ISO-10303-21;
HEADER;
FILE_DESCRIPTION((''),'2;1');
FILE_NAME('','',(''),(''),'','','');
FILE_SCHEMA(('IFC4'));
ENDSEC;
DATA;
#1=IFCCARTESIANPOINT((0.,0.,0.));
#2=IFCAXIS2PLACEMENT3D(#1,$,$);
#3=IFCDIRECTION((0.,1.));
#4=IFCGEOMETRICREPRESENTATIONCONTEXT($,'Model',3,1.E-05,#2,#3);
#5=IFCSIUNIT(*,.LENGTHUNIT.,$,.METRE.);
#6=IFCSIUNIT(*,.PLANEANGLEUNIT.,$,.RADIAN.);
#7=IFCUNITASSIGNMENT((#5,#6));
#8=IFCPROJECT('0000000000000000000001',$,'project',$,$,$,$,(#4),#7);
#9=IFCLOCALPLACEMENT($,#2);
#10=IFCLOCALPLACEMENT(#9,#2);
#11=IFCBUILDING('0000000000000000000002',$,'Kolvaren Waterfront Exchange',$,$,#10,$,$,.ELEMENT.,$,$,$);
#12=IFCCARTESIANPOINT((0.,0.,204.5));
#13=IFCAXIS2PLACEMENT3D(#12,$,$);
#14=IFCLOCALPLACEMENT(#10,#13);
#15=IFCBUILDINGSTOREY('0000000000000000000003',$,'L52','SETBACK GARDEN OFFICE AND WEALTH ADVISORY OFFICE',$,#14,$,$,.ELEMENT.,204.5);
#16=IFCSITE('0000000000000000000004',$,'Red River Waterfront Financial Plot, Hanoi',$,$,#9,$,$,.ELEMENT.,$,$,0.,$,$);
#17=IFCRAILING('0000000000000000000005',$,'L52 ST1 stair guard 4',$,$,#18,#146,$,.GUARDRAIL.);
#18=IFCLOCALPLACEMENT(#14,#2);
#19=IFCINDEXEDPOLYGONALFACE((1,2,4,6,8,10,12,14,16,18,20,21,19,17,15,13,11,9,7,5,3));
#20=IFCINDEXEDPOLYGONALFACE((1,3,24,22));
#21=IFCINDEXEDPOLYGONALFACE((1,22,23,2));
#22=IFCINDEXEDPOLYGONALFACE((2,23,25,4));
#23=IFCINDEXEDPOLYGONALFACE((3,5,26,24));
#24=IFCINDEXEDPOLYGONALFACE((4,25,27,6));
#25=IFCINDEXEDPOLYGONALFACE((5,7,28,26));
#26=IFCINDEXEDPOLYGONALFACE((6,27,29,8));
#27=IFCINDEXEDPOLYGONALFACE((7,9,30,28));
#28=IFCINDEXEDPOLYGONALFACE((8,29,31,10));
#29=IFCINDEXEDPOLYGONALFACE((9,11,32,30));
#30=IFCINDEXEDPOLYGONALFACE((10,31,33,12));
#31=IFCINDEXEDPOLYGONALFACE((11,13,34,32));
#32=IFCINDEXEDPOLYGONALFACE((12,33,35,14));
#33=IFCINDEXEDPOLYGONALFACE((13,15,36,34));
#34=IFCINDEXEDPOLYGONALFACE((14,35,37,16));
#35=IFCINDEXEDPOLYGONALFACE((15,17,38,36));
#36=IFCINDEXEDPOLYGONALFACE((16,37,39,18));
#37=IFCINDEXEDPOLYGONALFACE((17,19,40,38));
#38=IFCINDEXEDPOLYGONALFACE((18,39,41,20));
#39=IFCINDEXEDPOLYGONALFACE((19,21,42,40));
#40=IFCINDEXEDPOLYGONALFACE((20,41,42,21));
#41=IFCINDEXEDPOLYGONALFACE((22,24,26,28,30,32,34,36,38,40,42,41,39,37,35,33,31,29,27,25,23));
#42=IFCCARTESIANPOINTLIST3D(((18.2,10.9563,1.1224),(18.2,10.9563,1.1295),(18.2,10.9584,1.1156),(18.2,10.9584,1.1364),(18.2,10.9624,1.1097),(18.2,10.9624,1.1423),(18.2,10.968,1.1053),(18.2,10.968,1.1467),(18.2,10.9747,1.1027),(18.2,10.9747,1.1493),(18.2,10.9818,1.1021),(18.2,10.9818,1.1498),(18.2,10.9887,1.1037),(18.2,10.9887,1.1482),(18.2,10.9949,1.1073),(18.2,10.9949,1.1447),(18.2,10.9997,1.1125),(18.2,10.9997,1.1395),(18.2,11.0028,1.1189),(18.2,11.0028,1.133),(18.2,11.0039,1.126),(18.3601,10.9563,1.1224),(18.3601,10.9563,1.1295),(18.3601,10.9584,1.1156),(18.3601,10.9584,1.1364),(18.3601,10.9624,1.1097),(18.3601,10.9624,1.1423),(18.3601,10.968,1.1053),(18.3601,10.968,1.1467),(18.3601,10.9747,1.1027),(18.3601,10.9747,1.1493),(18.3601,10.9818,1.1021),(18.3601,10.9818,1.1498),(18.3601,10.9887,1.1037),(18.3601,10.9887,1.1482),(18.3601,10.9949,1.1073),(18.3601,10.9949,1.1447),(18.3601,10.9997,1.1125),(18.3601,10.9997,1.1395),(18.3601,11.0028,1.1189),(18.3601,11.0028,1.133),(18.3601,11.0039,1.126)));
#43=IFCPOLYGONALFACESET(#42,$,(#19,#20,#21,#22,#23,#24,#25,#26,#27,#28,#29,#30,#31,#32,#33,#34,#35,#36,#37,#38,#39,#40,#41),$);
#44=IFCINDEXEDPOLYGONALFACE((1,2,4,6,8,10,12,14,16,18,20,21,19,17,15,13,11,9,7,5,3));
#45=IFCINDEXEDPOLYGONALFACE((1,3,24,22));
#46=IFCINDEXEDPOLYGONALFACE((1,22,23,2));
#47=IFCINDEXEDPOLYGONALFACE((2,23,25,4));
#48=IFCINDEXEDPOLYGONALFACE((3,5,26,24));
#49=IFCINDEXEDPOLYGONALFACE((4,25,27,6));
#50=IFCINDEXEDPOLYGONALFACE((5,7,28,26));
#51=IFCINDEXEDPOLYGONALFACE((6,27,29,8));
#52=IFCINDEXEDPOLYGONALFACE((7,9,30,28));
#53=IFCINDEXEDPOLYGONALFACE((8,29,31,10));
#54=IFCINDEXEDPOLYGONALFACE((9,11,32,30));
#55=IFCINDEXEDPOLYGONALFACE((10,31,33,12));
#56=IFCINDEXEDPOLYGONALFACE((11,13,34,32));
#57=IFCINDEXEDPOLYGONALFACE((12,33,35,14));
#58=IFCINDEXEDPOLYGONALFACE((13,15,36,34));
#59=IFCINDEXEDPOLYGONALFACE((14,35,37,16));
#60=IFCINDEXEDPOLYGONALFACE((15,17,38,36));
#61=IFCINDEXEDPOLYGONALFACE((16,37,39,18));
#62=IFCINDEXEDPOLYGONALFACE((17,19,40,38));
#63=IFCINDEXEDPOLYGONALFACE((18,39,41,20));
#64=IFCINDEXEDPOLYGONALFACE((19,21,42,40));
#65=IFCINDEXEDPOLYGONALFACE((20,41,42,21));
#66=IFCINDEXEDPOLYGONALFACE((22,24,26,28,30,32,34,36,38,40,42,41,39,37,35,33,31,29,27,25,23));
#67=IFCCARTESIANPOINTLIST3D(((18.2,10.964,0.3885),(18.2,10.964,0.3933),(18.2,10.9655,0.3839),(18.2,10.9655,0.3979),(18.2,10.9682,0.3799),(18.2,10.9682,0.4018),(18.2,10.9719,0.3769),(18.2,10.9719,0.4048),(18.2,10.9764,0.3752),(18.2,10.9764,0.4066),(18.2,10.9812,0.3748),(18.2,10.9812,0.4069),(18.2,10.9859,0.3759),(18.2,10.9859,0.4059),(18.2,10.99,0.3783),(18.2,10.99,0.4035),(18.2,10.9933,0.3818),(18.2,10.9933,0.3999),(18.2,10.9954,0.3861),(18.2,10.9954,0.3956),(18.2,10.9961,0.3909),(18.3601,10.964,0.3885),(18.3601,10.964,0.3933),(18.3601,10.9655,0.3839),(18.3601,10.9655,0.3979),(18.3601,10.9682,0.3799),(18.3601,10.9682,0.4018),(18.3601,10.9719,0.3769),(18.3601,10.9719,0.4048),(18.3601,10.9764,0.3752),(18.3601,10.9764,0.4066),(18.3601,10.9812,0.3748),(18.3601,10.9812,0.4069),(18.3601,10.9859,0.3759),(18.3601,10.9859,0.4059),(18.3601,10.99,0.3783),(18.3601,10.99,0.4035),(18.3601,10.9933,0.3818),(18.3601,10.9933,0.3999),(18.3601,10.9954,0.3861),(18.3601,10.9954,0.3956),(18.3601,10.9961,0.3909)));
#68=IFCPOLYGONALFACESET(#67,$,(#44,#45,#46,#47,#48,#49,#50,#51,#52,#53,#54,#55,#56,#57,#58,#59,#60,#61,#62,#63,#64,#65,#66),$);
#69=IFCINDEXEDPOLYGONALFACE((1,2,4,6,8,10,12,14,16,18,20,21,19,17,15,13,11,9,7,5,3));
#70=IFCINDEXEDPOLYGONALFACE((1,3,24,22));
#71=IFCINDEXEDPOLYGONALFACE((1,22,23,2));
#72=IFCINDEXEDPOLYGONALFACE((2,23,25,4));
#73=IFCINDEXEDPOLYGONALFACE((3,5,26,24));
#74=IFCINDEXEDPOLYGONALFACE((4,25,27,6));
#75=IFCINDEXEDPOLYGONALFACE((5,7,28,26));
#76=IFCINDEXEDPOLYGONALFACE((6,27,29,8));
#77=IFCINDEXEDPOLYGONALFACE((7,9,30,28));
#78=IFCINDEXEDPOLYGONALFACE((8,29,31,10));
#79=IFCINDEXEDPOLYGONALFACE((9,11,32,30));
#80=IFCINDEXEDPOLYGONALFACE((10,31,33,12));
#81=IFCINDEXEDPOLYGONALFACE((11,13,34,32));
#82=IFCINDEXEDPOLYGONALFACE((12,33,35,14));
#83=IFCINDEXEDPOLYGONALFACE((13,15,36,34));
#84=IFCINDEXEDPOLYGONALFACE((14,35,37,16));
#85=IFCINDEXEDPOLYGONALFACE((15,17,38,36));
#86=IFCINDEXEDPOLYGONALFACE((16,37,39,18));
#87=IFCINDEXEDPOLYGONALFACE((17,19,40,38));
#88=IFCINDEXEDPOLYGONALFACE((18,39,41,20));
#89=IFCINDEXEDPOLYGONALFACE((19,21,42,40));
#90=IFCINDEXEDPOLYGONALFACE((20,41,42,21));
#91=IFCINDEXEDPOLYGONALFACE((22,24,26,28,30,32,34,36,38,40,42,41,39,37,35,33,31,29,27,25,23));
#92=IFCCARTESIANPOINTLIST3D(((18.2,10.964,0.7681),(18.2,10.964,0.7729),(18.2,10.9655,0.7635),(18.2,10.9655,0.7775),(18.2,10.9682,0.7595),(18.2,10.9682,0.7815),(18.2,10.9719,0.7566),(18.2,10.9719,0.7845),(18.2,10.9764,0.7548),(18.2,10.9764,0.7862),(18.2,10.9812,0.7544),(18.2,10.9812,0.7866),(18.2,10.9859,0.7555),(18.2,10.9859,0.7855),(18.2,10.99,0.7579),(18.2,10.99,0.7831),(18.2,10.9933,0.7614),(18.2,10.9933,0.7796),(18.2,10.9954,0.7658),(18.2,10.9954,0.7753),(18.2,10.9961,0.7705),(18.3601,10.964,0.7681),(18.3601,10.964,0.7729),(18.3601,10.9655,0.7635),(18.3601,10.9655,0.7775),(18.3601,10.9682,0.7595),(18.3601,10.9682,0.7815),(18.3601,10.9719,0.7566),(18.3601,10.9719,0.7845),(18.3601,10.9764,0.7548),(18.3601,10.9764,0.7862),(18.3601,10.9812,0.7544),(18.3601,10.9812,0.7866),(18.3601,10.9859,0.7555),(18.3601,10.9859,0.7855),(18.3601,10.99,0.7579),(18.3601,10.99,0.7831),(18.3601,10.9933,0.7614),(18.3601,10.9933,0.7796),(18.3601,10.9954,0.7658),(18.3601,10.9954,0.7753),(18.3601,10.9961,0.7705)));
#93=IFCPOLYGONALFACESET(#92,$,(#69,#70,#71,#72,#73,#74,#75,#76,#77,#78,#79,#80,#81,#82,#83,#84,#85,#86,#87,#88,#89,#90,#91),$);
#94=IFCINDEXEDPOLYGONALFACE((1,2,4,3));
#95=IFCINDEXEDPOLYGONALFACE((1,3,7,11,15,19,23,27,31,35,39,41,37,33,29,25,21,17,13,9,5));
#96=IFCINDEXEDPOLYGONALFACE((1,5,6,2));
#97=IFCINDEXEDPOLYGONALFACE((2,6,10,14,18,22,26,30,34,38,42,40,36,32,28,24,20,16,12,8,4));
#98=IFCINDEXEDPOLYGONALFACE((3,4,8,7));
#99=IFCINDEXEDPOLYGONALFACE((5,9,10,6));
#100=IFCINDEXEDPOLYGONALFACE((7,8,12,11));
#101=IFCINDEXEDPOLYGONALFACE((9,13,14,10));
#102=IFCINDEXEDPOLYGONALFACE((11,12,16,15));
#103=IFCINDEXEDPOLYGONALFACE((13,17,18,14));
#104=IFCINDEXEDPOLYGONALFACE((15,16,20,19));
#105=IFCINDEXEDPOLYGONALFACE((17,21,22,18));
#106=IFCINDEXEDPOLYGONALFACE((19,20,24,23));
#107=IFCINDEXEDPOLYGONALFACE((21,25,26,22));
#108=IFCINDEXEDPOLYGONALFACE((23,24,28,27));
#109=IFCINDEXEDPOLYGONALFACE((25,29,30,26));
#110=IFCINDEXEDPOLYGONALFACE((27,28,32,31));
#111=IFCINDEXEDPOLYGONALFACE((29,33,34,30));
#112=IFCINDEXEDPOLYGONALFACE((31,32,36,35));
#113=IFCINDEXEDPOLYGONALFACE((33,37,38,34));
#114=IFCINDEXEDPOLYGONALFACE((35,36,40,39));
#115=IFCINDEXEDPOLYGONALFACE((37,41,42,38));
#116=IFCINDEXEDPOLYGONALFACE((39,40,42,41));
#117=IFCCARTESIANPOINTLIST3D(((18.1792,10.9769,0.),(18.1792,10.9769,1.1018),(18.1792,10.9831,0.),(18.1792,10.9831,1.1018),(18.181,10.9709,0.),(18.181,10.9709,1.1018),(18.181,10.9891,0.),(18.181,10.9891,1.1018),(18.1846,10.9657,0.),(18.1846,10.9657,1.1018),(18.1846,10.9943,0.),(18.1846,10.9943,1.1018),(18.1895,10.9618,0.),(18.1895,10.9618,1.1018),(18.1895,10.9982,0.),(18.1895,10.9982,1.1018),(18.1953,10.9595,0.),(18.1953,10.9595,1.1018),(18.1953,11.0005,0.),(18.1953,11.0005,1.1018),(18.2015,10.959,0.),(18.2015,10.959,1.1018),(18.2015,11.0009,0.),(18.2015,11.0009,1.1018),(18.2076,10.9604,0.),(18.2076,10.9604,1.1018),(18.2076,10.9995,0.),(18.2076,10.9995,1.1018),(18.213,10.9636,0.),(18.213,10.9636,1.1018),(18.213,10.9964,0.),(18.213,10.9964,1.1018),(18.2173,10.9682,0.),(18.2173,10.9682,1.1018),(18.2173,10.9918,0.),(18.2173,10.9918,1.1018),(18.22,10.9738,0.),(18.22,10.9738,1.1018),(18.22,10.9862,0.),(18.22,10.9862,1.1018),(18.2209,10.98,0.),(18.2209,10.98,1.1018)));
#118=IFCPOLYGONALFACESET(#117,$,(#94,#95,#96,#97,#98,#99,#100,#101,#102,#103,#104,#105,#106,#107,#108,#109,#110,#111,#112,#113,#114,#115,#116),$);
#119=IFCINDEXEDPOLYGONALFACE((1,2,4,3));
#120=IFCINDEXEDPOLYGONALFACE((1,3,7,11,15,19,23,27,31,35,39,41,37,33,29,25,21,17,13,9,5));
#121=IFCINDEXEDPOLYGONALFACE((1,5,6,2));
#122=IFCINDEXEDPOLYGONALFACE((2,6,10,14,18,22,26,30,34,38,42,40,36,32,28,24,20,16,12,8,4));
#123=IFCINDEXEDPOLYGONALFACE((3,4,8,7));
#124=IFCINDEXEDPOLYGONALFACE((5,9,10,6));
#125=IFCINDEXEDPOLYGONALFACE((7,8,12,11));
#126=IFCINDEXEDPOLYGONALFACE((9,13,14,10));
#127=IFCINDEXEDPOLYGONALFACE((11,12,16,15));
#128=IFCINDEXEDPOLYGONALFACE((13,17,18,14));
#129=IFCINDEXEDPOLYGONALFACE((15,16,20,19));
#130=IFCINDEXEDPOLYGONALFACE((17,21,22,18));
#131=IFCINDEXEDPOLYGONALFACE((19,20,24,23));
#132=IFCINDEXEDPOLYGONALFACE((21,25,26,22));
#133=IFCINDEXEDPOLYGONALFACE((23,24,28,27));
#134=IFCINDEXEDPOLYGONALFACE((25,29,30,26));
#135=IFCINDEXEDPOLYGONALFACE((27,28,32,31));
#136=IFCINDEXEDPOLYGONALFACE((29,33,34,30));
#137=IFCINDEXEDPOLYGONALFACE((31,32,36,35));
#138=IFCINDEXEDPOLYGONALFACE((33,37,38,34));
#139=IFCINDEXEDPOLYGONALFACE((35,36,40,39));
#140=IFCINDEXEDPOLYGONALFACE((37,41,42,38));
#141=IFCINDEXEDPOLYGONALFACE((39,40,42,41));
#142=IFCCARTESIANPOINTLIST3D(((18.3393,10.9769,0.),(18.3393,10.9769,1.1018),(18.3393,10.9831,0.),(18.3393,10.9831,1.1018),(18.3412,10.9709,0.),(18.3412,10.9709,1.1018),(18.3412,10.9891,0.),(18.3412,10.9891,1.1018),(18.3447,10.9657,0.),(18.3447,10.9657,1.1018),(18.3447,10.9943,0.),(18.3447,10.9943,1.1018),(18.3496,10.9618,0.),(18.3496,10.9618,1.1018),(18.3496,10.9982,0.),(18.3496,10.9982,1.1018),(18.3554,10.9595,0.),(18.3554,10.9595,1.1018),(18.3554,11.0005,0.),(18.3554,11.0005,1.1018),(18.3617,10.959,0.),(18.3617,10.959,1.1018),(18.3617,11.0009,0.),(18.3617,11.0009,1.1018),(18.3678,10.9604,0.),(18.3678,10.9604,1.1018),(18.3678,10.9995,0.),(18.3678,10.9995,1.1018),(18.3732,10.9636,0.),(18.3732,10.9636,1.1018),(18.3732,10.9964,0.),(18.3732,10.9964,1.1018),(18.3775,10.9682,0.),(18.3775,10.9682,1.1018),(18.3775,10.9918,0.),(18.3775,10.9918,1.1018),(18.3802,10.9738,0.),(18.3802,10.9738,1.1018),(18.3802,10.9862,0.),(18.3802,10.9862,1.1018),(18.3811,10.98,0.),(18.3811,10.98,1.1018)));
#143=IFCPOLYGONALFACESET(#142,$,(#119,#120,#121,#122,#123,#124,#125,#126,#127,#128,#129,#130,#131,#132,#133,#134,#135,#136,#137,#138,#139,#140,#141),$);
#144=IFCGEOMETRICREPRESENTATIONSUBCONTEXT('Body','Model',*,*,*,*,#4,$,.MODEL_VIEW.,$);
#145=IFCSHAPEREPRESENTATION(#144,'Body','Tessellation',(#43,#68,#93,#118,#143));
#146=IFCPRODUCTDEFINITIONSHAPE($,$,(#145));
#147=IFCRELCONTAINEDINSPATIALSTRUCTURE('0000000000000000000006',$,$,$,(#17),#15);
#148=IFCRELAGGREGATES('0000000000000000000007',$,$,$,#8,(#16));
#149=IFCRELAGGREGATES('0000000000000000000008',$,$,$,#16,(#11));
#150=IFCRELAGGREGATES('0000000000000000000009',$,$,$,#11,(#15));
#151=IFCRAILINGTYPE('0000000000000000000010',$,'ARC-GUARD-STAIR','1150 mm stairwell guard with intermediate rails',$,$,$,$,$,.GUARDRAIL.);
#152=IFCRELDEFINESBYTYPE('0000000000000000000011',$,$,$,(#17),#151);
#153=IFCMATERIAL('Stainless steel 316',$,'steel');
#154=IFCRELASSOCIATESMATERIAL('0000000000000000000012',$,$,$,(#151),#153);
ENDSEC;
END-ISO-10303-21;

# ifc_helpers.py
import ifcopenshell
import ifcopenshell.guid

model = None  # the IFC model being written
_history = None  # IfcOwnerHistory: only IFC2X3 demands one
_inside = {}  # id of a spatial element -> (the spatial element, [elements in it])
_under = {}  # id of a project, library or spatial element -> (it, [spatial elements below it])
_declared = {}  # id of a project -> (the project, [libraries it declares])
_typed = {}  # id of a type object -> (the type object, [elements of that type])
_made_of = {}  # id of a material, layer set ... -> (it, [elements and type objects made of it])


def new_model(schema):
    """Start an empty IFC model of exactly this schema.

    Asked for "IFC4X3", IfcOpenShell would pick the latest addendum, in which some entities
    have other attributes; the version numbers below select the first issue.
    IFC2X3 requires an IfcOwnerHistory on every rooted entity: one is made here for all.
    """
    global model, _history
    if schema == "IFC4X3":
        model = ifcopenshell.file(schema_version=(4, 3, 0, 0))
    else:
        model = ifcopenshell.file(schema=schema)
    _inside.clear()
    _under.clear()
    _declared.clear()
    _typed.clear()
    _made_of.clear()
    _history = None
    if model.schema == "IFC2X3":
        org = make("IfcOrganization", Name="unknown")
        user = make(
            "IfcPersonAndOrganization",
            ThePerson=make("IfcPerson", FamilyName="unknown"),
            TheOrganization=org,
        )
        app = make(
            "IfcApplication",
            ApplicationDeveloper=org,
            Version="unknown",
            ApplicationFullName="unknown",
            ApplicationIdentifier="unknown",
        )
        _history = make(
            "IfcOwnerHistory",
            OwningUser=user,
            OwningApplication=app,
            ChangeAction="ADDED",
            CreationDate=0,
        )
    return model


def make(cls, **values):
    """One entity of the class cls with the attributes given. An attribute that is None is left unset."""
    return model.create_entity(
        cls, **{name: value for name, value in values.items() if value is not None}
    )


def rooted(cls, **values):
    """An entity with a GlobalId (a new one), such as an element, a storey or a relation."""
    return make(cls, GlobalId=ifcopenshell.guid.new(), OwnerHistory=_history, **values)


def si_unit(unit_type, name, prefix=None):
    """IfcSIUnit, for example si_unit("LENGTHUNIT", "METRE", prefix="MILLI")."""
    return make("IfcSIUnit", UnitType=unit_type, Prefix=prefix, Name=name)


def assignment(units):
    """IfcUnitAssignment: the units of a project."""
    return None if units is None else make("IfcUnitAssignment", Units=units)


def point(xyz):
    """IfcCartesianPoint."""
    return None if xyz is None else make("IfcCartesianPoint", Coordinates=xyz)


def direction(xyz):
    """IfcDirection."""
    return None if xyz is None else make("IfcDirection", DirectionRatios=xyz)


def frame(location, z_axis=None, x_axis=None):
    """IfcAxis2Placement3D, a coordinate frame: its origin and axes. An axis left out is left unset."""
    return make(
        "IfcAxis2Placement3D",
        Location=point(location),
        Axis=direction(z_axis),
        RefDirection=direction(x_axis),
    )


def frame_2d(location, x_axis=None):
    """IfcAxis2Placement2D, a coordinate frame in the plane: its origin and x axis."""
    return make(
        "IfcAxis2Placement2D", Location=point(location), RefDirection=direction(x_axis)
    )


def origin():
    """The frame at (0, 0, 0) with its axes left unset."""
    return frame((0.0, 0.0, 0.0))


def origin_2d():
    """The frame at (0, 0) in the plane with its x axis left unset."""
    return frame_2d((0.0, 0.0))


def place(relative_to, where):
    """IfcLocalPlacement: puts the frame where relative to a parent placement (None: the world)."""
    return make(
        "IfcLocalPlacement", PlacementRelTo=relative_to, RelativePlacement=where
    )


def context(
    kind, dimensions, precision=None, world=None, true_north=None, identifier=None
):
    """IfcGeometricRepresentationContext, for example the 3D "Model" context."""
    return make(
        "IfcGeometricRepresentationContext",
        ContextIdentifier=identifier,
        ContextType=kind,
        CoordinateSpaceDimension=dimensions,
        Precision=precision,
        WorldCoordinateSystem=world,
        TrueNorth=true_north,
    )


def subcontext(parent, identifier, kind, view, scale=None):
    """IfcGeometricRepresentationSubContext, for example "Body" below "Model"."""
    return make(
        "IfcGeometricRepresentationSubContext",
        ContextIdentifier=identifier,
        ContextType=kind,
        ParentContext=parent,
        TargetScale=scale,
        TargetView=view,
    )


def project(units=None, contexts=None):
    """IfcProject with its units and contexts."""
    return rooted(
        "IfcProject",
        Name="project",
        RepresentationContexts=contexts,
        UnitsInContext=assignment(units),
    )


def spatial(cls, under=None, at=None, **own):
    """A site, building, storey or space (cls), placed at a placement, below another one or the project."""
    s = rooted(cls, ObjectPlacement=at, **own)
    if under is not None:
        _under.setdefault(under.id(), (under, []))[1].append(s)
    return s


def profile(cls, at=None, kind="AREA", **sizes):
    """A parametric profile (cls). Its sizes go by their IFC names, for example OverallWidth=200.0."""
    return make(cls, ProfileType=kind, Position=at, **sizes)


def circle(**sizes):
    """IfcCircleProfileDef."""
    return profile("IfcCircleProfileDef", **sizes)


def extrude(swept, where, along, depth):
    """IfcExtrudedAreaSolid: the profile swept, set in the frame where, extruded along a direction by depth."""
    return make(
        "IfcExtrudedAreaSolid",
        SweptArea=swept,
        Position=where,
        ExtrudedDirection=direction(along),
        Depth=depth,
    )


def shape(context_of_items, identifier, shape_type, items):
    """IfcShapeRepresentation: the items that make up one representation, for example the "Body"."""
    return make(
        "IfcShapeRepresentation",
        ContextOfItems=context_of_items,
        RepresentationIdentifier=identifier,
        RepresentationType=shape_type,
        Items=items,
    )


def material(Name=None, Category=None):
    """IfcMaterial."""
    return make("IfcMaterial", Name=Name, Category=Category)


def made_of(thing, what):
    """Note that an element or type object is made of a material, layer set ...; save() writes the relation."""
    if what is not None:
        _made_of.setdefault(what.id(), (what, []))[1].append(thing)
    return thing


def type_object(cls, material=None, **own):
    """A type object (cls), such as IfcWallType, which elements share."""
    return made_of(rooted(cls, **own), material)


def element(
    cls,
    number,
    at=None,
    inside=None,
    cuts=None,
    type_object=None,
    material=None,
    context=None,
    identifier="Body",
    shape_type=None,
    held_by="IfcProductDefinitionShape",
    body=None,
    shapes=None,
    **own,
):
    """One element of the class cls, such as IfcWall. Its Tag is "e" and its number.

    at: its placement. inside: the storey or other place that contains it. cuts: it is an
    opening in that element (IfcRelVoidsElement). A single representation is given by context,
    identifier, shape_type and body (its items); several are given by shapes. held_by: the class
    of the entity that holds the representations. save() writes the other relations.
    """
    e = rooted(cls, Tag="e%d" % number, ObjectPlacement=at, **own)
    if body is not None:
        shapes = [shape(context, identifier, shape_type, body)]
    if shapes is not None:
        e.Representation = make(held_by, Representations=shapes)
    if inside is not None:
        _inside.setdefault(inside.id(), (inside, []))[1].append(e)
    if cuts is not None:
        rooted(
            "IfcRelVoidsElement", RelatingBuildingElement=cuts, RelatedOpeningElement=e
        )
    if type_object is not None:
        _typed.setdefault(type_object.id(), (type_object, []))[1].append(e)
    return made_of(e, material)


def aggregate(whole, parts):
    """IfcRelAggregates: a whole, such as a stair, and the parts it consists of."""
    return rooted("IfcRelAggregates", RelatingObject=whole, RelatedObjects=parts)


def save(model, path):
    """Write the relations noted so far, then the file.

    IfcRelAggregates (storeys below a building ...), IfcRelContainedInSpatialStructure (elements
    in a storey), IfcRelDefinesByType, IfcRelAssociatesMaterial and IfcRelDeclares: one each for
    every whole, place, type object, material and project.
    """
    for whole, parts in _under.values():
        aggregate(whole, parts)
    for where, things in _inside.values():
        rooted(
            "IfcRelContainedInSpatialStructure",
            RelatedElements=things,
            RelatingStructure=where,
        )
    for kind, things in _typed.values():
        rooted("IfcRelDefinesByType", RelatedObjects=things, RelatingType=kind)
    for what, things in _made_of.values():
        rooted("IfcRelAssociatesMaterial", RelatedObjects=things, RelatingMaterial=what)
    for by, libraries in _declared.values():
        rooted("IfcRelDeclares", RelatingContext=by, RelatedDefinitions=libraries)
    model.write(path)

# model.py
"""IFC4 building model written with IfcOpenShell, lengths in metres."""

from ifc_helpers import new_model, si_unit, direction, frame, origin, origin_2d, place, context, subcontext, project, spatial, circle, extrude, material, type_object, element, save


model = new_model("IFC4")

# Units and contexts
model_context = context("Model", 3, precision=1e-05, world=origin(), true_north=direction((0.0, 1.0)))
body_context = subcontext(model_context, "Body", "Model", "MODEL_VIEW")
ifc_project = project(units=[si_unit("LENGTHUNIT", "METRE"), si_unit("PLANEANGLEUNIT", "RADIAN")], contexts=[model_context])

# Site, building, storey
site_placement = place(None, origin())
site = spatial("IfcSite", under=ifc_project, at=site_placement, Name="Red River Waterfront Financial Plot, Hanoi", CompositionType="ELEMENT", RefElevation=0.0)
building_placement = place(site_placement, origin())
building = spatial("IfcBuilding", under=site, at=building_placement, Name="Kolvaren Waterfront Exchange", CompositionType="ELEMENT")
storey_placement = place(building_placement, frame((0.0, 0.0, 204.5)))
storey = spatial("IfcBuildingStorey", under=building, at=storey_placement, Name="L52", Description="SETBACK GARDEN OFFICE AND WEALTH ADVISORY OFFICE", CompositionType="ELEMENT", Elevation=204.5)

# Railing
ifc_material_1 = material(Name="Stainless steel 316", Category="steel")
railing_type_1 = type_object("IfcRailingType", Name="ARC-GUARD-STAIR", Description="1150 mm stairwell guard with intermediate rails", PredefinedType="GUARDRAIL", material=ifc_material_1)
railing_1_placement = place(storey_placement, frame((18.2, 10.98, 0.0)))
element("IfcRailing", 1, at=railing_1_placement, inside=storey, type_object=railing_type_1, Name="L52 ST1 stair guard 4", PredefinedType="GUARDRAIL", context=body_context, shape_type="SweptSolid", body=[
    extrude(circle(Radius=0.0239, at=origin_2d()), frame((0.0, 0.0, 1.126), z_axis=(1.0, 0.0, 0.0), x_axis=(0.0, 1.0, 0.0)), (0.0, 0.0, 1.0), 0.1602),
    extrude(circle(Radius=0.0161, at=origin_2d()), frame((0.0, 0.0, 0.3909), z_axis=(1.0, 0.0, 0.0), x_axis=(0.0, 1.0, 0.0)), (0.0, 0.0, 1.0), 0.1602),
    extrude(circle(Radius=0.0161, at=origin_2d()), frame((0.0, 0.0, 0.7705), z_axis=(1.0, 0.0, 0.0), x_axis=(0.0, 1.0, 0.0)), (0.0, 0.0, 1.0), 0.1602),
    extrude(circle(Radius=0.021, at=origin_2d()), origin(), (0.0, 0.0, 1.0), 1.1018),
    extrude(circle(Radius=0.021, at=origin_2d()), frame((0.1602, 0.0, 0.0)), (0.0, 0.0, 1.0), 1.1018),
])

save(model, "model.ifc")
